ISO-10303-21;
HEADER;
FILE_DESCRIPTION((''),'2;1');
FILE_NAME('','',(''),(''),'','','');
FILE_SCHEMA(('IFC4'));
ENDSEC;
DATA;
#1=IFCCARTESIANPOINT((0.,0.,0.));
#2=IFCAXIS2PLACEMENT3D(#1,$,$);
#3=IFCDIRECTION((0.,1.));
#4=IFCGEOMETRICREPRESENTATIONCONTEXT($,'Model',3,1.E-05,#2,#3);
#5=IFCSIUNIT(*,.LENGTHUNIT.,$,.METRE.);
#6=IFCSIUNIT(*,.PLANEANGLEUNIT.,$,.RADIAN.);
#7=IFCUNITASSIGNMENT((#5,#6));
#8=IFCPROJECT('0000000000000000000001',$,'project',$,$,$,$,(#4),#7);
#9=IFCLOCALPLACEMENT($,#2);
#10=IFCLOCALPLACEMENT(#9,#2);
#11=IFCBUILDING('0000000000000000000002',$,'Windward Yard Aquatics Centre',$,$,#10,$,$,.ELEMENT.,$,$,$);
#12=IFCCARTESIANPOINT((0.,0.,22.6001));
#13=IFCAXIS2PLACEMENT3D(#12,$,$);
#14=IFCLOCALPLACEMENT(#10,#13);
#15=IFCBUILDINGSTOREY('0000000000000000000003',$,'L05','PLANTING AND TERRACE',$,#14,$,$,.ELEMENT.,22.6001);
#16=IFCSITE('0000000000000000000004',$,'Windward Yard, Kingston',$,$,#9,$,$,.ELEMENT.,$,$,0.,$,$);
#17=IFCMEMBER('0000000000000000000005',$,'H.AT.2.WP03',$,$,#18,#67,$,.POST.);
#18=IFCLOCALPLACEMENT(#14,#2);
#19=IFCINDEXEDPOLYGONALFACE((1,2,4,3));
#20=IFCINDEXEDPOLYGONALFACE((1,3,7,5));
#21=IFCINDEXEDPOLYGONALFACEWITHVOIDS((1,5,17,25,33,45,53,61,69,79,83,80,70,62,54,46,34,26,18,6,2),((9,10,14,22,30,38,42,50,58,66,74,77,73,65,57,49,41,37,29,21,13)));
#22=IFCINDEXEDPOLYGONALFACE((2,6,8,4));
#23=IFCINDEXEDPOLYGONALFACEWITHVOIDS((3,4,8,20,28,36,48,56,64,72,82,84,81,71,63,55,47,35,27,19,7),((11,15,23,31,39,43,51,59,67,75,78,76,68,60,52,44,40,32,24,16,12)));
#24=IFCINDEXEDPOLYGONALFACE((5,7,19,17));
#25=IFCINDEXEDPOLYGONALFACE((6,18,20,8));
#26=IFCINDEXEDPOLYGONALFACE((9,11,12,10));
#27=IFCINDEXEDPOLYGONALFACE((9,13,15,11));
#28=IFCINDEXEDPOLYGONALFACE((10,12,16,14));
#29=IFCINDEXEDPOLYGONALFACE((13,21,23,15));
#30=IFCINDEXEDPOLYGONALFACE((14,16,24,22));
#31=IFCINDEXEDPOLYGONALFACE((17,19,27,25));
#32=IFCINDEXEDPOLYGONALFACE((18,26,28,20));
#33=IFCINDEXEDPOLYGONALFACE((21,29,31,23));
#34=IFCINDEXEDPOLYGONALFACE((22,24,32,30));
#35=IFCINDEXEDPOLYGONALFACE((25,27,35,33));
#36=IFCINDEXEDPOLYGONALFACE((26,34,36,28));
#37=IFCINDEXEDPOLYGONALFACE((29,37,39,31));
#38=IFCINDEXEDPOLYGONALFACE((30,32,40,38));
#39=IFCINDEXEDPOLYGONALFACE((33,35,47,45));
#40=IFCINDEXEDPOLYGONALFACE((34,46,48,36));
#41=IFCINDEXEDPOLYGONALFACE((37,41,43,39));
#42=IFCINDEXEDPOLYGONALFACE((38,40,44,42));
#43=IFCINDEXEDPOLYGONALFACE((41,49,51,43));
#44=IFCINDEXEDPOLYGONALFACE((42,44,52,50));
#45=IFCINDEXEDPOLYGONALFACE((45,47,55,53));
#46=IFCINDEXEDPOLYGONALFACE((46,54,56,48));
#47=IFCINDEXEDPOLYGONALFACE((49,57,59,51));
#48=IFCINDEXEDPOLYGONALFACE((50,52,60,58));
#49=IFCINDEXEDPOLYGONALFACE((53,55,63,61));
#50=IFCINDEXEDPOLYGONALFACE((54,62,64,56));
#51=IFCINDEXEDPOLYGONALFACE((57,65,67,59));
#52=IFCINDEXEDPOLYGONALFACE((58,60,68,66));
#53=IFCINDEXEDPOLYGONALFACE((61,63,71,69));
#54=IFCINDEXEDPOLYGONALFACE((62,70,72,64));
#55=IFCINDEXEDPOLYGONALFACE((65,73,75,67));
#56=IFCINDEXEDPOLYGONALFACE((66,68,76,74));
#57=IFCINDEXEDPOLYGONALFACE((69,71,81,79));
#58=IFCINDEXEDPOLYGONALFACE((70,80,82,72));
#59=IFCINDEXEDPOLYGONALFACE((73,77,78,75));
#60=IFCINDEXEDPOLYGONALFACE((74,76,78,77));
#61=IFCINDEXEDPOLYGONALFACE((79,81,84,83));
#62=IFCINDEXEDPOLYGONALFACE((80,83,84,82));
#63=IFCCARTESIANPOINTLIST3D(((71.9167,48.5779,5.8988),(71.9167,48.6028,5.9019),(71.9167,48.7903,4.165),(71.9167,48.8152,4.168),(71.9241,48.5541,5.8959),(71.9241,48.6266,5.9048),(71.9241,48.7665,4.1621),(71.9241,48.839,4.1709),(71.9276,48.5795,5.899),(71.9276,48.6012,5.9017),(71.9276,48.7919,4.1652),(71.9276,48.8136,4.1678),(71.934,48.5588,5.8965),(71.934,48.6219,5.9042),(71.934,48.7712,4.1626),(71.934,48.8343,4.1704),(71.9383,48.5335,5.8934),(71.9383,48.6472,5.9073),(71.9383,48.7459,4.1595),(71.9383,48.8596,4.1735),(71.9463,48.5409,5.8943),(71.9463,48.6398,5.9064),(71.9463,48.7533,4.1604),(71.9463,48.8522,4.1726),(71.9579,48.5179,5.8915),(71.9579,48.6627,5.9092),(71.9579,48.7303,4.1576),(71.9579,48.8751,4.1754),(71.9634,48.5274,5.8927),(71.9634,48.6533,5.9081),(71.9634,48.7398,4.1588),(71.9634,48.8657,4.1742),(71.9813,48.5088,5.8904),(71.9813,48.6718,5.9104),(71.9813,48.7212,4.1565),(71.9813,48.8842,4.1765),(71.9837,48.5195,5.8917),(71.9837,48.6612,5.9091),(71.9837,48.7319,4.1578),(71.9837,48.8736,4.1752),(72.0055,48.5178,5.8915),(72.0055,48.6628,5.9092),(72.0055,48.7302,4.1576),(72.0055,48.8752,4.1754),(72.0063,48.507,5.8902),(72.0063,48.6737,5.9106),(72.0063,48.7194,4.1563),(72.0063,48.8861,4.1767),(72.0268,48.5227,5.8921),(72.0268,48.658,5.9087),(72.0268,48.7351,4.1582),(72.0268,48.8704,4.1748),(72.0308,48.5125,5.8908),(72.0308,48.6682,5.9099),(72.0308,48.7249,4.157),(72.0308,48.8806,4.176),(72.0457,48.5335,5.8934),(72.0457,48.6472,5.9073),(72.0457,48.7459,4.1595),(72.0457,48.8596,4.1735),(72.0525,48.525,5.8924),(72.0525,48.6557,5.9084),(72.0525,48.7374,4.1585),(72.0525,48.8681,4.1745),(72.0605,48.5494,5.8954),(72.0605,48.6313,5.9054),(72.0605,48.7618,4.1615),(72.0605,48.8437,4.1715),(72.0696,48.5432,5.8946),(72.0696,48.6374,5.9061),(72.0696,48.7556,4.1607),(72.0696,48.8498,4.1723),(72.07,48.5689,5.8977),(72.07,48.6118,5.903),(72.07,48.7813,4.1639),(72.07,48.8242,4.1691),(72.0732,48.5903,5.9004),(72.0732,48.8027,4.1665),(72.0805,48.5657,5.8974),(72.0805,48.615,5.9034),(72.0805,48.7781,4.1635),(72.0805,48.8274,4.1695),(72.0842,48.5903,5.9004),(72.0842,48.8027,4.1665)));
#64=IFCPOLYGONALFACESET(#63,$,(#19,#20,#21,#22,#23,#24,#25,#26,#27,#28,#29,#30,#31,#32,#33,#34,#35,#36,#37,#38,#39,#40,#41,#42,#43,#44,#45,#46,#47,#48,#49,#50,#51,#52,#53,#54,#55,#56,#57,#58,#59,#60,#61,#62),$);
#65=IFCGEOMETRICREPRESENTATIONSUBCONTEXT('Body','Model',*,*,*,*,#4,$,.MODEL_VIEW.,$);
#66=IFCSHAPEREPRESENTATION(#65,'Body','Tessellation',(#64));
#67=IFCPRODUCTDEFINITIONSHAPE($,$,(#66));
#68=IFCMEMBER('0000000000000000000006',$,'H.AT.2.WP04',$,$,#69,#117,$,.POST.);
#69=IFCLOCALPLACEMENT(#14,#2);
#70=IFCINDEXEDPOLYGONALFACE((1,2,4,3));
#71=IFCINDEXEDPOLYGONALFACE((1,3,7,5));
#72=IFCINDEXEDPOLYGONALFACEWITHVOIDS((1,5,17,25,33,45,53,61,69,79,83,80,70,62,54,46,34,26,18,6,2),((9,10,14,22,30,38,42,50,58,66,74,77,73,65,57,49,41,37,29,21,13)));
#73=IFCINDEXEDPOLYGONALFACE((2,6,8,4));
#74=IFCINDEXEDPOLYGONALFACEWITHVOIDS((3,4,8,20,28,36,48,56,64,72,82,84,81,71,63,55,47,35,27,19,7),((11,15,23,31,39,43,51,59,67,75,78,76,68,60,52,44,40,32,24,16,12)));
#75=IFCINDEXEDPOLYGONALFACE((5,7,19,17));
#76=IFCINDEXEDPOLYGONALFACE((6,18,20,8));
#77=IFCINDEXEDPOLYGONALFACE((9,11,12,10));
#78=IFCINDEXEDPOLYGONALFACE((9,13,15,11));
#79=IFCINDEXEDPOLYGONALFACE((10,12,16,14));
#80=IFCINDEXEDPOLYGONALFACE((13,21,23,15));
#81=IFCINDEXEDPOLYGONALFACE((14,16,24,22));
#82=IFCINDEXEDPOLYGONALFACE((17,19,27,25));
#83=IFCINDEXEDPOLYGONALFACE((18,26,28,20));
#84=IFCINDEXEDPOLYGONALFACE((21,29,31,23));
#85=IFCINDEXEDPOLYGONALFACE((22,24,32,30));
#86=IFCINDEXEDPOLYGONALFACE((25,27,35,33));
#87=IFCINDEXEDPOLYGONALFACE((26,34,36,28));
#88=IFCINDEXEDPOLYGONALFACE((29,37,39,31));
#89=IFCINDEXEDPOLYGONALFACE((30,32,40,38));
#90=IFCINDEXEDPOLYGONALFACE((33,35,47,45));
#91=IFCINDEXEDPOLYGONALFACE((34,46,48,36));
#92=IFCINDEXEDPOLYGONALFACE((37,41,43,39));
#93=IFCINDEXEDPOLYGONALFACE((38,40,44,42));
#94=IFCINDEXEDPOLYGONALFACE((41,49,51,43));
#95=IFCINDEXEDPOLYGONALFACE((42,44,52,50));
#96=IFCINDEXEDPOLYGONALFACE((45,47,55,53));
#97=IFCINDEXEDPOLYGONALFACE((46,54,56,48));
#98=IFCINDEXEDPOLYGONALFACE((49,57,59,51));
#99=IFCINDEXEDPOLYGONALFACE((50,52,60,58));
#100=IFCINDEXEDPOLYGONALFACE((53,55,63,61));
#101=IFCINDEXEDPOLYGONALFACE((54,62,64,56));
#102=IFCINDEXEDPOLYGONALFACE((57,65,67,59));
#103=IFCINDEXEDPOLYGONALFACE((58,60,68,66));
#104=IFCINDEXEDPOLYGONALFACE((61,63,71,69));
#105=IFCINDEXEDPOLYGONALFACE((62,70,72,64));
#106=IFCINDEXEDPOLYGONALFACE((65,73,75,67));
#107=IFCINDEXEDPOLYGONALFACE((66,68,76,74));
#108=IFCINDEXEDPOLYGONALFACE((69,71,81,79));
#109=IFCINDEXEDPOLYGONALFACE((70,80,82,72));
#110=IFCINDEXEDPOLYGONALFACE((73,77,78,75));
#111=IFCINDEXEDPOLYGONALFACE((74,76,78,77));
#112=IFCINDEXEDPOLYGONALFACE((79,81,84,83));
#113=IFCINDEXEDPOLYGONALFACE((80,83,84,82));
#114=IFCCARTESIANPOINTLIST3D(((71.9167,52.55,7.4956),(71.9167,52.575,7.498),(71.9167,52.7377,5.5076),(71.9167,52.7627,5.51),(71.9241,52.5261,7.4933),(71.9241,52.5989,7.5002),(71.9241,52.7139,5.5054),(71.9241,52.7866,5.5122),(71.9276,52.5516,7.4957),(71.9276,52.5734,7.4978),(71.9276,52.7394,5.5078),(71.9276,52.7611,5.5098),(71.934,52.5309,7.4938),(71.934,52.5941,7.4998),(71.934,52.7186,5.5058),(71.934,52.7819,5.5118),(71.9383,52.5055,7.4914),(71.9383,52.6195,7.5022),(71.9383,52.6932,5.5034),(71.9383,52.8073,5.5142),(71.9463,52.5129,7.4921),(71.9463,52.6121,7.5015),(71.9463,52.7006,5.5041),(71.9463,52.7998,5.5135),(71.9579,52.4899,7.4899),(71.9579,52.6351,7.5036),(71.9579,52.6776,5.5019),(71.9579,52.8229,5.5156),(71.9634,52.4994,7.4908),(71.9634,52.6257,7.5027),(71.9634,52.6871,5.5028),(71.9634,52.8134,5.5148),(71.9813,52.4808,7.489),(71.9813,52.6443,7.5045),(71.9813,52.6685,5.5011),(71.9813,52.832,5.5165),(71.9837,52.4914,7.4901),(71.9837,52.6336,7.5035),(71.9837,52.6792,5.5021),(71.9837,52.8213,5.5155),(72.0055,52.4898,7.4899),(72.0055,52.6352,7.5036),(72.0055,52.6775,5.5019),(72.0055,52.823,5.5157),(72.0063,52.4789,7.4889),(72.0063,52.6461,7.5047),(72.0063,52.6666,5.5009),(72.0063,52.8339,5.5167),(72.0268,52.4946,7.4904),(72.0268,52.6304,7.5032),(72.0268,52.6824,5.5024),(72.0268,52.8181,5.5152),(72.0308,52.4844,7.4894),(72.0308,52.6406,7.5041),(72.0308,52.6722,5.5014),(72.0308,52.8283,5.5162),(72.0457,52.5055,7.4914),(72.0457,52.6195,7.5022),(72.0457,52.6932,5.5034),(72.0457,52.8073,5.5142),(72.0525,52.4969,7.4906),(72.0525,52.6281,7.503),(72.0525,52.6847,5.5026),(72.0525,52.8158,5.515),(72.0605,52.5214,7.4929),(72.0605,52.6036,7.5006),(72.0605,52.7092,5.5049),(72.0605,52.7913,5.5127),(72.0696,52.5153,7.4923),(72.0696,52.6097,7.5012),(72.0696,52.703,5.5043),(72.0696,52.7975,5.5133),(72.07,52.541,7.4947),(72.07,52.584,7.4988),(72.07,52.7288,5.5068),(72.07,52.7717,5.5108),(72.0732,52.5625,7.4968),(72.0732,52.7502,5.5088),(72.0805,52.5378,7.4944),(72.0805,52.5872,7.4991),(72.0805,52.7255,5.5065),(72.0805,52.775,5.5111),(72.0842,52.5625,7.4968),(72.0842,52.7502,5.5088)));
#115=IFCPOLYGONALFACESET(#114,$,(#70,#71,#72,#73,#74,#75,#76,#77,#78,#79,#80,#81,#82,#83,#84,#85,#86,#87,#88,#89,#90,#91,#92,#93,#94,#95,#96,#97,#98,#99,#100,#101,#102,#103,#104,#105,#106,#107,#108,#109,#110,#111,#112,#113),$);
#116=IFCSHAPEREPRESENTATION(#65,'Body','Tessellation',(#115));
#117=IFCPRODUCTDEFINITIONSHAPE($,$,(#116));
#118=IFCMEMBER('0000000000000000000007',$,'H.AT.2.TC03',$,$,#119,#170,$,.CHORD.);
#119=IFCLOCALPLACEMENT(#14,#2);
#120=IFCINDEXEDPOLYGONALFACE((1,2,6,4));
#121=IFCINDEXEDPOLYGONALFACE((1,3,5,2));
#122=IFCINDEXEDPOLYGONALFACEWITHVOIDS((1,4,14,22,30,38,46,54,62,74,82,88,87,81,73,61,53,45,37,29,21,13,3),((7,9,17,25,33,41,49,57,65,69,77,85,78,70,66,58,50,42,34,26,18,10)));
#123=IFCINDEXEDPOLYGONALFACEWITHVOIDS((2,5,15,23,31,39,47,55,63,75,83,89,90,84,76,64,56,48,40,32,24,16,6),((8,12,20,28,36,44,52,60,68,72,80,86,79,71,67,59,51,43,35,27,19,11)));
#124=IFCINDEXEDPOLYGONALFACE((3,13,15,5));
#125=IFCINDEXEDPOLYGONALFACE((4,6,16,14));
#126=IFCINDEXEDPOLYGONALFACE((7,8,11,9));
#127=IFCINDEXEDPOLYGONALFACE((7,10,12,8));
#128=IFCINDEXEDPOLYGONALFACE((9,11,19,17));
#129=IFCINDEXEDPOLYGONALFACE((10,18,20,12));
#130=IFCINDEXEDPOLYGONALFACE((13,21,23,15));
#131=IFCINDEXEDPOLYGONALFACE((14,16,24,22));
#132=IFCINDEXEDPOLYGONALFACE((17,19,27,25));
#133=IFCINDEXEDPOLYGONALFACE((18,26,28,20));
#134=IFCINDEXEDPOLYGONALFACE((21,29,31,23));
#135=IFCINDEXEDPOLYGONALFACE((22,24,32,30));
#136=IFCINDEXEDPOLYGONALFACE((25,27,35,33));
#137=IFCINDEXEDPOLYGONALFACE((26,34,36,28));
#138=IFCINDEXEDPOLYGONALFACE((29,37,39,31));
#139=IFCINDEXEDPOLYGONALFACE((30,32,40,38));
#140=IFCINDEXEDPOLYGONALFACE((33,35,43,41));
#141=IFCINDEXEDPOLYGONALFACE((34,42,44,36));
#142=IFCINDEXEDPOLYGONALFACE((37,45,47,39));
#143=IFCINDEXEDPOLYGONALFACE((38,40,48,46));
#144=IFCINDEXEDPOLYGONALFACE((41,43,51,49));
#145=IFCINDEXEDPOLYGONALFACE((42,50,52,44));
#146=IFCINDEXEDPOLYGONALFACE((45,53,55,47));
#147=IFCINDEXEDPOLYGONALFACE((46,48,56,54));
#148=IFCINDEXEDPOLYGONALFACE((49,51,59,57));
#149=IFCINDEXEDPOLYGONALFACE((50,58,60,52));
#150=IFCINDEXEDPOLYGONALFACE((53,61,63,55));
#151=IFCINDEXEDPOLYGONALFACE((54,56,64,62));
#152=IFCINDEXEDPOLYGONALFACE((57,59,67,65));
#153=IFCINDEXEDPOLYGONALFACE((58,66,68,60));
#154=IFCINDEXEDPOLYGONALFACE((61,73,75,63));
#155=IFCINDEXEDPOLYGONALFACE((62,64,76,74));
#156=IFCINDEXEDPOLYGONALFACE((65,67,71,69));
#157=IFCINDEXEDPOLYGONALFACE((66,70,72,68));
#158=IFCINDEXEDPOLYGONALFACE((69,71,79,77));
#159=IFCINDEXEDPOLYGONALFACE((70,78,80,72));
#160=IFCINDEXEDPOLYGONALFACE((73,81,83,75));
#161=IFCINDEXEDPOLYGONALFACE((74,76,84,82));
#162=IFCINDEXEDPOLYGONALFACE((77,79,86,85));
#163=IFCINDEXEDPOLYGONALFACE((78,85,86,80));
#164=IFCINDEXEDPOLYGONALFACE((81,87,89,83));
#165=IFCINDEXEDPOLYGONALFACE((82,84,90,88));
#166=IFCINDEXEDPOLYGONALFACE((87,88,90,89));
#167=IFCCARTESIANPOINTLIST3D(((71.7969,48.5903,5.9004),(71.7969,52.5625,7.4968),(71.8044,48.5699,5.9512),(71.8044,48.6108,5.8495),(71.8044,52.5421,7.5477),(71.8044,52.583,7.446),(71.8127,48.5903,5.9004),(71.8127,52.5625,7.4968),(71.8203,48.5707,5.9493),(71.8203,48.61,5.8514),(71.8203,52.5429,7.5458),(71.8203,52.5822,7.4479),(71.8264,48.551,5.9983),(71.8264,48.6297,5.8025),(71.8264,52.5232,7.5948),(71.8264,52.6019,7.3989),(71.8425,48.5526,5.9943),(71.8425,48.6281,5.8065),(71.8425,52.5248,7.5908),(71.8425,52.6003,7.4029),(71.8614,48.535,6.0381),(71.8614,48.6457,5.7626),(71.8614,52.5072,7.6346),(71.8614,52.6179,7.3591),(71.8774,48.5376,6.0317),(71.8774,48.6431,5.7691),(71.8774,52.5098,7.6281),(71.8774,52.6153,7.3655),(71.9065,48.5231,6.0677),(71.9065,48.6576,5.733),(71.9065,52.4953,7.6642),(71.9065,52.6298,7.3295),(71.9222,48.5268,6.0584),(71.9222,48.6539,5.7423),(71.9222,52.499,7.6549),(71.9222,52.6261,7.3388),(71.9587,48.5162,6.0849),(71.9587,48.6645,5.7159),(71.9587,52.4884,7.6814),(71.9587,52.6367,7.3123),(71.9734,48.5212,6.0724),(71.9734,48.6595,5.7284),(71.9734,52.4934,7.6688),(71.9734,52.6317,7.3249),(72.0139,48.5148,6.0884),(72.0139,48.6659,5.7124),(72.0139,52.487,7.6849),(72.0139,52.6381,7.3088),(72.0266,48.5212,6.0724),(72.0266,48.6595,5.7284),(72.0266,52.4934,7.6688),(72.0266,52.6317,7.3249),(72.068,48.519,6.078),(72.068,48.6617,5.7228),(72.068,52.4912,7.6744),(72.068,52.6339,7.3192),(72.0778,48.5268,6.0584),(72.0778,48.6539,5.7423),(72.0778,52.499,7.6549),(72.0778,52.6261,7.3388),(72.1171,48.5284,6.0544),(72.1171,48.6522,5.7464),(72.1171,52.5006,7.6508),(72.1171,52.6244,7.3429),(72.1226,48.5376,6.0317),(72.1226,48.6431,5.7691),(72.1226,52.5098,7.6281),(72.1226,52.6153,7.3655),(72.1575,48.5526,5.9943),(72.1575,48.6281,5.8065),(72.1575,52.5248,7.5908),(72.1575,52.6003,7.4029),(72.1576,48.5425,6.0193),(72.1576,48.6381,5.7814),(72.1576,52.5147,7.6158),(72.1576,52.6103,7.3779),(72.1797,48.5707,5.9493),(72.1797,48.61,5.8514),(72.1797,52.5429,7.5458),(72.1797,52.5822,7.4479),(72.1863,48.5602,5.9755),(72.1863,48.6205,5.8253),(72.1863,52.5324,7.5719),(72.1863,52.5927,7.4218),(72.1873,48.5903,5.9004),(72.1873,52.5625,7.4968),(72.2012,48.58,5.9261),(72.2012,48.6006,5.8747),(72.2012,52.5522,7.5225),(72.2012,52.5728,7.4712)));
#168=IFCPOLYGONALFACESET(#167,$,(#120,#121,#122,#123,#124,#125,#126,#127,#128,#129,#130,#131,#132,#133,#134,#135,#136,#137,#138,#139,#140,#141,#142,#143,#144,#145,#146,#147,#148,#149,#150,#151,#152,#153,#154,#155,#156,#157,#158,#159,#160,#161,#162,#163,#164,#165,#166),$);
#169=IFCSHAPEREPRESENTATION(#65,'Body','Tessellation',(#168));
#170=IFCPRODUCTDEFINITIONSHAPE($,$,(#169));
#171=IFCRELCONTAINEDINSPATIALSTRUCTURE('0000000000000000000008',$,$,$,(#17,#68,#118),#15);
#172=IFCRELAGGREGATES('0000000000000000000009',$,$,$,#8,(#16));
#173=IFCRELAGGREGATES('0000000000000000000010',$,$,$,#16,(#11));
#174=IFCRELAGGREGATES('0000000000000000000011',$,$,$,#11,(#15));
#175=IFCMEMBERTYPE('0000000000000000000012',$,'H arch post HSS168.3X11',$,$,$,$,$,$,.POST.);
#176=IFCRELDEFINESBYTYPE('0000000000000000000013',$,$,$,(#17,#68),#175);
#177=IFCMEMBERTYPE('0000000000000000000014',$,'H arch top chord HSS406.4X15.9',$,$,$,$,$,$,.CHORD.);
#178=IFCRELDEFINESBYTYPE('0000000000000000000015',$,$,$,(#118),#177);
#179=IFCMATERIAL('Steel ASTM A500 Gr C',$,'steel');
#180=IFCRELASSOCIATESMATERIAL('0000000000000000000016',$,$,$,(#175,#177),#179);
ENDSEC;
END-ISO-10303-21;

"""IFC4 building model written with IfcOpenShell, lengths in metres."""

from ifc_helpers import new_model, si_unit, direction, frame, origin, origin_2d, place, context, subcontext, project, spatial, hollow_circle, extrude, material, material_profile, profile_set, type_object, element, save


model = new_model("IFC4")

# Units and contexts
model_context = context("Model", 3, precision=1e-05, world=origin(), true_north=direction((0.0, 1.0)))
body_context = subcontext(model_context, "Body", "Model", "MODEL_VIEW")
ifc_project = project(units=[si_unit("LENGTHUNIT", "METRE"), si_unit("PLANEANGLEUNIT", "RADIAN")], contexts=[model_context])

# Site, building, storey
site_placement = place(None, origin())
site = spatial("IfcSite", under=ifc_project, at=site_placement, Name="Windward Yard, Kingston", CompositionType="ELEMENT", RefElevation=0.0)
building_placement = place(site_placement, origin())
building = spatial("IfcBuilding", under=site, at=building_placement, Name="Windward Yard Aquatics Centre", CompositionType="ELEMENT")
storey_placement = place(building_placement, frame((0.0, 0.0, 22.6001)))
storey = spatial("IfcBuildingStorey", under=building, at=storey_placement, Name="L05", Description="PLANTING AND TERRACE", CompositionType="ELEMENT", Elevation=22.6001)

# Members
ifc_material_1 = material(Name="Steel ASTM A500 Gr C", Category="steel")
ifc_material_profile_1 = material_profile(ifc_material_1, hollow_circle(Radius=0.0842, WallThickness=0.011, at=origin_2d()), Name="HSS168.3X11")
ifc_profile_set_1 = profile_set([ifc_material_profile_1], Name="Steel ASTM A500 Gr C")
member_type_1 = type_object("IfcMemberType", Name="H arch post HSS168.3X11", PredefinedType="POST", material=ifc_profile_set_1)
member_1_placement = place(storey_placement, frame((72.0, 48.8027, 4.1665), z_axis=(0.0, -0.121592, 0.99258), x_axis=(1.0, 0.0, 0.0)))
element("IfcMember", 1, at=member_1_placement, inside=storey, type_object=member_type_1, Name="H.AT.2.WP03", PredefinedType="POST", context=body_context, shape_type="SweptSolid", body=[
    extrude(hollow_circle(Radius=0.0842, WallThickness=0.011, at=origin_2d()), origin(), (0.0, 0.0, 1.0), 1.7468),
])
member_2_placement = place(storey_placement, frame((72.0, 52.7502, 5.5088), z_axis=(0.0, -0.094019, 0.99557), x_axis=(1.0, 0.0, 0.0)))
element("IfcMember", 2, at=member_2_placement, inside=storey, type_object=member_type_1, Name="H.AT.2.WP04", PredefinedType="POST", context=body_context, shape_type="SweptSolid", body=[
    extrude(hollow_circle(Radius=0.0842, WallThickness=0.011, at=origin_2d()), origin(), (0.0, 0.0, 1.0), 1.9968),
])
ifc_material_profile_2 = material_profile(ifc_material_1, hollow_circle(Radius=0.2031, WallThickness=0.0159, at=origin_2d()), Name="HSS406.4X15.9")
ifc_profile_set_2 = profile_set([ifc_material_profile_2], Name="Steel ASTM A500 Gr C")
member_type_2 = type_object("IfcMemberType", Name="H arch top chord HSS406.4X15.9", PredefinedType="CHORD", material=ifc_profile_set_2)
member_3_placement = place(storey_placement, frame((72.0, 48.5903, 5.9004), z_axis=(0.0, 0.927866, 0.372914), x_axis=(-1.0, 0.0, 0.0)))
element("IfcMember", 3, at=member_3_placement, inside=storey, type_object=member_type_2, Name="H.AT.2.TC03", PredefinedType="CHORD", context=body_context, shape_type="SweptSolid", body=[
    extrude(hollow_circle(Radius=0.2031, WallThickness=0.0159, at=origin_2d()), origin(), (0.0, 0.0, 1.0), 4.281),
])

save(model, "model.ifc")
